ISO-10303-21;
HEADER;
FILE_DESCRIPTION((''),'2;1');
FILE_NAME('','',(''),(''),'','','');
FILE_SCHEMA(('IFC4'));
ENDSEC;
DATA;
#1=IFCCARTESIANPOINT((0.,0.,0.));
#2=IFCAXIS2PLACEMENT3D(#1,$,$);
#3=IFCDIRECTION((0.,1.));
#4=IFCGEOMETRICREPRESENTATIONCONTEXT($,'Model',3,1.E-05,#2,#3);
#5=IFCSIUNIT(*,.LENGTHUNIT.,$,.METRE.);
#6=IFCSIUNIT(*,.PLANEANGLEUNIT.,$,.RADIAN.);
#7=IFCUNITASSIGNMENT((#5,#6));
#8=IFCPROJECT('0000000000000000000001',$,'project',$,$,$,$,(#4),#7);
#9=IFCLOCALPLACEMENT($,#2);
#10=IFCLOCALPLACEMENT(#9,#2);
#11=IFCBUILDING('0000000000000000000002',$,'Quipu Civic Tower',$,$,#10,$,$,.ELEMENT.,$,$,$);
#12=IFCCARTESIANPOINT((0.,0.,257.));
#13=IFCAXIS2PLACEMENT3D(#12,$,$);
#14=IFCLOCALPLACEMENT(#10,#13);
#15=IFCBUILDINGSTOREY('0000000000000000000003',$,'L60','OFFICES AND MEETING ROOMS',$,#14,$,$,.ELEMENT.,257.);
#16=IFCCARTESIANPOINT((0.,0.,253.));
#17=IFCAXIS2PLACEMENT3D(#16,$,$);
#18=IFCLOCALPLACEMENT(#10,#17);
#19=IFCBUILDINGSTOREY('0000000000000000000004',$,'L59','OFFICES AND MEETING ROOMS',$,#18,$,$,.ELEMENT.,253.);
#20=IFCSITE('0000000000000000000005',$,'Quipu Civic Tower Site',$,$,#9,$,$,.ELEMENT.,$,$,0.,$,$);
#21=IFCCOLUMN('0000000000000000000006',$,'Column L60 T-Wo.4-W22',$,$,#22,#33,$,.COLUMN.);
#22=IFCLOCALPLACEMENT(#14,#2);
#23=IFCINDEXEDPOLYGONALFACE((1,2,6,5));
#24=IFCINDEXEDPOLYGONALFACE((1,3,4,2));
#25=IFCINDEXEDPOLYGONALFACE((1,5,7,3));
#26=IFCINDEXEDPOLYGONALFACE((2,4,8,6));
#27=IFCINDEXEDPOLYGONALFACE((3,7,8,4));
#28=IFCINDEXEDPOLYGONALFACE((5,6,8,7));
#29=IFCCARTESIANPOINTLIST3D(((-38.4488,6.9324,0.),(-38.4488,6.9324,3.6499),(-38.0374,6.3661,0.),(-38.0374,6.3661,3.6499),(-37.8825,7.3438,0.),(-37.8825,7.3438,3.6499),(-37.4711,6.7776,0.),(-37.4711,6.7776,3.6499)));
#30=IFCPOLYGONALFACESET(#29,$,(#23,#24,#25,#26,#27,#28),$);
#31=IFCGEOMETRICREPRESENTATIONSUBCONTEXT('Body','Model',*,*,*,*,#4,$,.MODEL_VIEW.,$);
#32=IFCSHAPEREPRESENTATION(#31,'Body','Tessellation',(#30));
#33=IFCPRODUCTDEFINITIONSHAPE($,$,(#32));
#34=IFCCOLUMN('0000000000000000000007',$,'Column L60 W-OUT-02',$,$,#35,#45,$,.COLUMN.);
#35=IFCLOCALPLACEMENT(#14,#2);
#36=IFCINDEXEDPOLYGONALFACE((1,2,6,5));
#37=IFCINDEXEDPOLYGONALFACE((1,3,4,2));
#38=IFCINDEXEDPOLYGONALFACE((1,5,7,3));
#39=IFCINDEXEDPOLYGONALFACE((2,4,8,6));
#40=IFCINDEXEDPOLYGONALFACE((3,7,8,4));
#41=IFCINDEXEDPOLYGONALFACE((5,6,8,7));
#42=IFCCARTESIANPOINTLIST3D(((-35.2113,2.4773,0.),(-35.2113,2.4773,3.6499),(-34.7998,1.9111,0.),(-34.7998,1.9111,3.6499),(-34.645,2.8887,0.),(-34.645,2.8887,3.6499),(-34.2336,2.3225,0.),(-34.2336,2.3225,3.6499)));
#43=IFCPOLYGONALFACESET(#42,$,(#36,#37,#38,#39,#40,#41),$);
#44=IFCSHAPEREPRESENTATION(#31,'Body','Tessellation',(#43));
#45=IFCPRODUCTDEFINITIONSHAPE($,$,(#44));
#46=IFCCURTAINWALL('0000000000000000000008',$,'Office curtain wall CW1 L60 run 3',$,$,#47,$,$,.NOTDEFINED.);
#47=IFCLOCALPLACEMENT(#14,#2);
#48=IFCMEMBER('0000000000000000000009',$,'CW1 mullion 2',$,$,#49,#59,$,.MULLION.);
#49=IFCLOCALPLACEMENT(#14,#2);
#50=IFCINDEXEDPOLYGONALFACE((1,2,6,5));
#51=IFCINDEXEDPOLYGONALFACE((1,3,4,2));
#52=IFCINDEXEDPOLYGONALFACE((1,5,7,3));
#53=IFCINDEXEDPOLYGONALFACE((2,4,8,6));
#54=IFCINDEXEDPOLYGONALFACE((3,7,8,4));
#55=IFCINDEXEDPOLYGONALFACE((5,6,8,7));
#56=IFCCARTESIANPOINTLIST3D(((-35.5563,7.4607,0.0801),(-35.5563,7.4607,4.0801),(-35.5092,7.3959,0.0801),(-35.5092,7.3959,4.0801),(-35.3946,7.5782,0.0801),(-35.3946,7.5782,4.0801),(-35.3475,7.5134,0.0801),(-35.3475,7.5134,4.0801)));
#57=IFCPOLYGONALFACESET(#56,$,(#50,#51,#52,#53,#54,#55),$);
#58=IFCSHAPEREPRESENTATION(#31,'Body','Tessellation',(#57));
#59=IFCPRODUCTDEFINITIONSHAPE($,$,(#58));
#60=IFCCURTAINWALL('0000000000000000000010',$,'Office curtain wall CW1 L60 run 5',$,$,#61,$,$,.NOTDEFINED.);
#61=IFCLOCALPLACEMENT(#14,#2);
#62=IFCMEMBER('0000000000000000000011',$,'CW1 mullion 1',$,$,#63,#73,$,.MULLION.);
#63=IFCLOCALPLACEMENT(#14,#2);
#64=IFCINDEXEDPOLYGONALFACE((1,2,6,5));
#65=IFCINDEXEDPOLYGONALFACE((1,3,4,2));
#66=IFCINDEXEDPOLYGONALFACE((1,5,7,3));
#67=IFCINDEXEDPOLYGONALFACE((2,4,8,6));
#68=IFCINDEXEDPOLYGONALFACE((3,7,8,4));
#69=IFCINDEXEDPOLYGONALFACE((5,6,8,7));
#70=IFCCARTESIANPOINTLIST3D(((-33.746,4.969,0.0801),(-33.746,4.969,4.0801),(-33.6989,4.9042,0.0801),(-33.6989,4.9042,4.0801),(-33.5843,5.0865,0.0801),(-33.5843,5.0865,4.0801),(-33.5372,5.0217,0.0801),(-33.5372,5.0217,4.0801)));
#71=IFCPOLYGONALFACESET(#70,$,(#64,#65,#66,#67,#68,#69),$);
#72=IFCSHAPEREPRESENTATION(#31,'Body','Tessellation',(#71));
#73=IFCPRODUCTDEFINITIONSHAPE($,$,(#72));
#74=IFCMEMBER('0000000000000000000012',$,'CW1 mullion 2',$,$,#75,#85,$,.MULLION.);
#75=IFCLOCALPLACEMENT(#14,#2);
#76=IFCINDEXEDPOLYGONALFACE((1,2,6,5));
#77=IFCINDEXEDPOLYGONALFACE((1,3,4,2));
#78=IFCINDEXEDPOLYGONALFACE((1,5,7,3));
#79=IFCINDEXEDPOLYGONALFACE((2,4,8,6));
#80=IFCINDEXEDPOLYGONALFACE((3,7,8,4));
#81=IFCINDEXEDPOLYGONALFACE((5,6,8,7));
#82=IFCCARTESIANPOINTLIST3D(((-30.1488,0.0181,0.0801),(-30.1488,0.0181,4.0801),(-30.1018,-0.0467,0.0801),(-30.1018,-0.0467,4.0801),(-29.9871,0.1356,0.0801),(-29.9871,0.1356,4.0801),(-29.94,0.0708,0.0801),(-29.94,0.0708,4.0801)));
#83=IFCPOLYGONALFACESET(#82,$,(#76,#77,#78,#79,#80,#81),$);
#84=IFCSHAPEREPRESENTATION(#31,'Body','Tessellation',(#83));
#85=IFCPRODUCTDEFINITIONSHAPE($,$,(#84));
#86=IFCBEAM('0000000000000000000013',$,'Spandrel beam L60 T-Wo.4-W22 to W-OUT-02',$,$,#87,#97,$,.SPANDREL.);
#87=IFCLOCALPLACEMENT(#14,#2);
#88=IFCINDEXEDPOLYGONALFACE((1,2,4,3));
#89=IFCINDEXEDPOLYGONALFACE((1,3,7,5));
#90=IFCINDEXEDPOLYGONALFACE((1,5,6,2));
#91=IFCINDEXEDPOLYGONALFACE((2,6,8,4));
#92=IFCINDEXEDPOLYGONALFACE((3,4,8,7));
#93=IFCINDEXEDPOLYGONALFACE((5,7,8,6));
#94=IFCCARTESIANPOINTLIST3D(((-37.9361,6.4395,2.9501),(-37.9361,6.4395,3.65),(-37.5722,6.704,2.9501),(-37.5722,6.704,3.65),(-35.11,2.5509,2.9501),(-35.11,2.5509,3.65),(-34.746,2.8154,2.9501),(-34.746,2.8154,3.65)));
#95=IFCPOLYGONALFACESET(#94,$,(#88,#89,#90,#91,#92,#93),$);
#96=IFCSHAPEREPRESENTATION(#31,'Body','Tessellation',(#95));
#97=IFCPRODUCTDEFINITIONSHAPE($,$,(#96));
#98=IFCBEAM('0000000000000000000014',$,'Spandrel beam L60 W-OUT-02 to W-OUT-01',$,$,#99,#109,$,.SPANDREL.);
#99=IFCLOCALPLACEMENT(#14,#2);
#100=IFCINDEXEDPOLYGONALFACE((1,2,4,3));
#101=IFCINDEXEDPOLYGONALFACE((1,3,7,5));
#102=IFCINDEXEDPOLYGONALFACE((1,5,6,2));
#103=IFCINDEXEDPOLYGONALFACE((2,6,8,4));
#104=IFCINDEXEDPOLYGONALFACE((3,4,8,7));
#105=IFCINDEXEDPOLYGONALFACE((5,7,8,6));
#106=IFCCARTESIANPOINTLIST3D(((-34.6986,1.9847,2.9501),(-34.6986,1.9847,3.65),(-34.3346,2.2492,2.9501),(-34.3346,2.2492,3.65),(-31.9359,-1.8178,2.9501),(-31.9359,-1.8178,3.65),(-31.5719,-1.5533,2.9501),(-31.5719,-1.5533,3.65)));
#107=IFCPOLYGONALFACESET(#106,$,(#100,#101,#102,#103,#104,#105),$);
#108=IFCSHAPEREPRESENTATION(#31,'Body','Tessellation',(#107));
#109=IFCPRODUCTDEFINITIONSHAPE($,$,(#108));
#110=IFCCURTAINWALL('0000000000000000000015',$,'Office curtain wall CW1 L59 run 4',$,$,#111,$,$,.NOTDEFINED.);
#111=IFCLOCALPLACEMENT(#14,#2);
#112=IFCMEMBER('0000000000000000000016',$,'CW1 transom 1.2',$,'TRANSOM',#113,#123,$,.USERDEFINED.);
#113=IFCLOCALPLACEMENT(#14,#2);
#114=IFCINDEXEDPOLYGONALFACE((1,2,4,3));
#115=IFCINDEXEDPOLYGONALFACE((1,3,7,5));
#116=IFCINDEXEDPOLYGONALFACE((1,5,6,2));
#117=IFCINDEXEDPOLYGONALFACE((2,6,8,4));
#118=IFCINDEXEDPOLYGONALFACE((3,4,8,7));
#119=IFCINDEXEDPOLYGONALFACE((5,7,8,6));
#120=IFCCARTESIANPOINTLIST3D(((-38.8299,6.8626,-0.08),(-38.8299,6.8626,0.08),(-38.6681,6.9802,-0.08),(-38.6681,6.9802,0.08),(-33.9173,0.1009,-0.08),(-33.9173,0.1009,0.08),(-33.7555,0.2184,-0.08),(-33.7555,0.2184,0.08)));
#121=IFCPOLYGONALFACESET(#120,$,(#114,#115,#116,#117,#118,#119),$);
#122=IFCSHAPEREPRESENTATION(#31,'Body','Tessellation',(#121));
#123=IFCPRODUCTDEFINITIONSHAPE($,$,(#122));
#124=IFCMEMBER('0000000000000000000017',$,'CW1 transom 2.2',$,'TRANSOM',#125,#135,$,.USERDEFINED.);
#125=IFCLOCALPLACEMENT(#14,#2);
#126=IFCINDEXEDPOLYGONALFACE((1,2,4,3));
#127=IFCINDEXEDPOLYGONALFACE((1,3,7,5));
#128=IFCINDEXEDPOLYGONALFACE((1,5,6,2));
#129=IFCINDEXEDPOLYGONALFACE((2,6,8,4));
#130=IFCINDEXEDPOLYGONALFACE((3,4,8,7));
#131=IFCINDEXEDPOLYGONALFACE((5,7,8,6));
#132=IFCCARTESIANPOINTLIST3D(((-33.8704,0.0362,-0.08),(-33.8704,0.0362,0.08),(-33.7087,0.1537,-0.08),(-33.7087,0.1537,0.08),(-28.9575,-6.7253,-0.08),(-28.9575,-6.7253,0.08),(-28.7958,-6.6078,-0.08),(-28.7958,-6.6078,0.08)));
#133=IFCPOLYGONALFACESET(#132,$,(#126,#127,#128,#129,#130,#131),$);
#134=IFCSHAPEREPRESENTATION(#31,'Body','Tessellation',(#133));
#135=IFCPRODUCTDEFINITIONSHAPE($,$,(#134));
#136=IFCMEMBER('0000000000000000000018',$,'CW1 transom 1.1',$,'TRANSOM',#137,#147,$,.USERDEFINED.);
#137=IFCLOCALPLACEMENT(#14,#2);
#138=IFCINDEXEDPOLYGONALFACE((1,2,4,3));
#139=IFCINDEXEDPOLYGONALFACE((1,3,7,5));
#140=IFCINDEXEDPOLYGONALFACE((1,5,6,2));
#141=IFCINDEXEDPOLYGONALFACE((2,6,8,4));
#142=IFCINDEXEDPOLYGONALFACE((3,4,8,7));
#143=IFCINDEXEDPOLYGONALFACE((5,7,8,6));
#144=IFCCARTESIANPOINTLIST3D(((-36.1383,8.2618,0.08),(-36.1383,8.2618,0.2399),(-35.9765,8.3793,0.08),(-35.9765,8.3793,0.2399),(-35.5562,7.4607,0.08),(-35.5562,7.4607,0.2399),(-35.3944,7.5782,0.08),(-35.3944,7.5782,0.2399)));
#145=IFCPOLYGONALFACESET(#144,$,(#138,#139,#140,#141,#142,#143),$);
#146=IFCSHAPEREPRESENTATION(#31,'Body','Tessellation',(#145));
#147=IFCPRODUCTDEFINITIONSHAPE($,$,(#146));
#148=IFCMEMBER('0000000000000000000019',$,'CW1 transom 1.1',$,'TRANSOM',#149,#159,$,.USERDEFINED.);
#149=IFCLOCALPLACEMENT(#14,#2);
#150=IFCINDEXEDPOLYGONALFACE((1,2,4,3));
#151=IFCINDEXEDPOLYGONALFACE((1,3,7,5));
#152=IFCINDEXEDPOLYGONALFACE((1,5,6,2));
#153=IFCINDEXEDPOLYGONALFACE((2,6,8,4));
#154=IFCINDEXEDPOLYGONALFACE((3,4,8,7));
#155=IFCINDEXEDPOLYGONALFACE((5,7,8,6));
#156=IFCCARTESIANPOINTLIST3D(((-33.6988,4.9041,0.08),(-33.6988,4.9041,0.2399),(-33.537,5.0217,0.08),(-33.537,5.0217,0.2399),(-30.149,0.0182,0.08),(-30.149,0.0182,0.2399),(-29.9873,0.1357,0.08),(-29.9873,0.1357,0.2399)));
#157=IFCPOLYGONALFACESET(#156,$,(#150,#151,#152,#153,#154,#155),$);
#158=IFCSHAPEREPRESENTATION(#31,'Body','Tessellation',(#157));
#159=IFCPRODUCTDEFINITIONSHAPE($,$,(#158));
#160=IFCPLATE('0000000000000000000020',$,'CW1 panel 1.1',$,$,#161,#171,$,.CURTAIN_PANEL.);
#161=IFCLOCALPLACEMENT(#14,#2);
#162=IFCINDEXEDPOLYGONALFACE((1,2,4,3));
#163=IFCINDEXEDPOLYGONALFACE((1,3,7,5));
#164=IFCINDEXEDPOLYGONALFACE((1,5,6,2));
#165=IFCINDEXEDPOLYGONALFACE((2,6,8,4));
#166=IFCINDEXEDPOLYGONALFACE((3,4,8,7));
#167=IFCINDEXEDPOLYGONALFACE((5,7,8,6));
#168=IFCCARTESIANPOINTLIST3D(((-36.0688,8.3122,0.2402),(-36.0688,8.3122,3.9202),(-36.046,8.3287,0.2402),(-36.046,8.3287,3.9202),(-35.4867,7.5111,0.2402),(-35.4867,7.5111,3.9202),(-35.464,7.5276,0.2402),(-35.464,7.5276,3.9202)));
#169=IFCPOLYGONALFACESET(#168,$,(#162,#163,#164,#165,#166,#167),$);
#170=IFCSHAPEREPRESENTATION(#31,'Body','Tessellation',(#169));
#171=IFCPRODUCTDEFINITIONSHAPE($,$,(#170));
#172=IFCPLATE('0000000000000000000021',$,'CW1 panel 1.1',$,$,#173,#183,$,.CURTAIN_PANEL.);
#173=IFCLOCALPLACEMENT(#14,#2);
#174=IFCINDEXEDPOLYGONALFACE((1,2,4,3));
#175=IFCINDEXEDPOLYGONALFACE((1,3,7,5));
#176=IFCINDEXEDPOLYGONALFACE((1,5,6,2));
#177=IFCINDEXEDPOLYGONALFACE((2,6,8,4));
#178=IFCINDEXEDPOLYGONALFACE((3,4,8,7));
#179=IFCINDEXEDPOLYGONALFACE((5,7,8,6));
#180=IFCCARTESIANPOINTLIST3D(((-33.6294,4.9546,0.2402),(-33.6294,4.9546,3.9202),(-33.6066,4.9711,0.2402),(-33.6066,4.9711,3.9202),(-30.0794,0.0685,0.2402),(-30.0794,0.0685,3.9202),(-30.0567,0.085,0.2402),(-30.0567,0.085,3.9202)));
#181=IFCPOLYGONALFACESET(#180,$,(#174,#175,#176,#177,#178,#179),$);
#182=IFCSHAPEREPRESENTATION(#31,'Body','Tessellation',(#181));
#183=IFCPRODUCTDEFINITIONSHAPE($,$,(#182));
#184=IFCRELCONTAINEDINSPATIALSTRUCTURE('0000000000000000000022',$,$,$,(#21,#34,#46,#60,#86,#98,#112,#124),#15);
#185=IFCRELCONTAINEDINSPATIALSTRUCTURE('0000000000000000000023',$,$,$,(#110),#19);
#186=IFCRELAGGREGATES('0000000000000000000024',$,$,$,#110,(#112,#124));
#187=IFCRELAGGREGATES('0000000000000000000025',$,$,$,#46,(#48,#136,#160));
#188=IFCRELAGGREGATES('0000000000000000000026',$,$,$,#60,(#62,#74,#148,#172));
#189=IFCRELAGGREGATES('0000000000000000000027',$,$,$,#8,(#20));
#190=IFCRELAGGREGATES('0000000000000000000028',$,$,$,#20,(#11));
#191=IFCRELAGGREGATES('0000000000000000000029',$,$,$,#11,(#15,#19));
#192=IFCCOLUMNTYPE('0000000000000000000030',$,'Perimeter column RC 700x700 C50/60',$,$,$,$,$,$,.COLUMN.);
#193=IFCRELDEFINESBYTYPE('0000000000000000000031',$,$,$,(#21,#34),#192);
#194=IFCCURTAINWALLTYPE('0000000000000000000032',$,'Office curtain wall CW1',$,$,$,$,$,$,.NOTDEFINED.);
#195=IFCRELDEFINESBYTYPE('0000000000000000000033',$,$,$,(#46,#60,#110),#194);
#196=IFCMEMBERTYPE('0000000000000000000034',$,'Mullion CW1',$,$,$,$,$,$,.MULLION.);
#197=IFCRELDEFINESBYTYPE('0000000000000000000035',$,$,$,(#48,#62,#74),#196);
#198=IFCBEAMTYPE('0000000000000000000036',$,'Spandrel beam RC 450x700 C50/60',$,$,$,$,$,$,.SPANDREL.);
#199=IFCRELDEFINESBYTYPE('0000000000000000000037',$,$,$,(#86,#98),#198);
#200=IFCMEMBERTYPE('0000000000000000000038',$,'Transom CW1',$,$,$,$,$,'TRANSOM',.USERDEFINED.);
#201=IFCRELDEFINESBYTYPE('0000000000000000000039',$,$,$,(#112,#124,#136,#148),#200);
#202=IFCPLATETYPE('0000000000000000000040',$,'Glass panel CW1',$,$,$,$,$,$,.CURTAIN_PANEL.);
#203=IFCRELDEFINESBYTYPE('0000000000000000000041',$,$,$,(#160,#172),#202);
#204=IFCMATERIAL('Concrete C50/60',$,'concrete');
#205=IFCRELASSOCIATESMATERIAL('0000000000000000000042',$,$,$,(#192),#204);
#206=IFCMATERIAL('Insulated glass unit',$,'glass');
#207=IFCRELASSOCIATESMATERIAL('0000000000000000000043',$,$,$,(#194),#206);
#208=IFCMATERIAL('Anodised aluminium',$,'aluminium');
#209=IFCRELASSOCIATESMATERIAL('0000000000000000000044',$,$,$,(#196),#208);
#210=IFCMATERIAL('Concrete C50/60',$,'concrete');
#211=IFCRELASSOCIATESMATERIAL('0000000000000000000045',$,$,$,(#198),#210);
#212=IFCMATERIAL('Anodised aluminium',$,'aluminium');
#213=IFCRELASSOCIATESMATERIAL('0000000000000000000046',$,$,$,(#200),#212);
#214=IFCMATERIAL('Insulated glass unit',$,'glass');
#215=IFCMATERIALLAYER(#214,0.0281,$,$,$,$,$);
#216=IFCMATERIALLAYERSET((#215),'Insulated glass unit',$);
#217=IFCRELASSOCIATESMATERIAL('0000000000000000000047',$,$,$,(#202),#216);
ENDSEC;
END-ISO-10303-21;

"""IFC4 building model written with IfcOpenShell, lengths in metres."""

from ifc_helpers import new_model, si_unit, direction, frame, origin, origin_2d, place, context, subcontext, project, spatial, rectangle, extrude, material, layer, layer_set, material_profile, profile_set, type_object, element, aggregate, save


model = new_model("IFC4")

# Units and contexts
model_context = context("Model", 3, precision=1e-05, world=origin(), true_north=direction((0.0, 1.0)))
body_context = subcontext(model_context, "Body", "Model", "MODEL_VIEW")
ifc_project = project(units=[si_unit("LENGTHUNIT", "METRE"), si_unit("PLANEANGLEUNIT", "RADIAN")], contexts=[model_context])

# Site, building, storey
site_placement = place(None, origin())
site = spatial("IfcSite", under=ifc_project, at=site_placement, Name="Quipu Civic Tower Site", CompositionType="ELEMENT", RefElevation=0.0)
building_placement = place(site_placement, origin())
building = spatial("IfcBuilding", under=site, at=building_placement, Name="Quipu Civic Tower", CompositionType="ELEMENT")
storey_1_placement = place(building_placement, frame((0.0, 0.0, 257.0)))
storey_1 = spatial("IfcBuildingStorey", under=building, at=storey_1_placement, Name="L60", Description="OFFICES AND MEETING ROOMS", CompositionType="ELEMENT", Elevation=257.0)

# Columns
ifc_material_1 = material(Name="Concrete C50/60", Category="concrete")
ifc_material_profile_1 = material_profile(ifc_material_1, rectangle(XDim=0.7, YDim=0.7, at=origin_2d()), Name="RC700x700")
ifc_profile_set_1 = profile_set([ifc_material_profile_1], Name="Concrete C50/60")
column_type = type_object("IfcColumnType", Name="Perimeter column RC 700x700 C50/60", PredefinedType="COLUMN", material=ifc_profile_set_1)
for number, where, z_axis, x_axis, name in (
    (1, (-37.96, 6.855, 0.0), (0.0, 0.0, 1.0), (0.587785, -0.809017, 0.0), "Column L60 T-Wo.4-W22"),
    (2, (-34.7224, 2.3999, 0.0), (0.0, 0.0, 1.0), (0.587785, -0.809017, 0.0), "Column L60 W-OUT-02"),
):
    element("IfcColumn", number, at=place(storey_1_placement, frame(where, z_axis=z_axis, x_axis=x_axis)), inside=storey_1, type_object=column_type, Name=name, PredefinedType="COLUMN", context=body_context, shape_type="SweptSolid", body=[
        extrude(rectangle(XDim=0.7, YDim=0.7, at=origin_2d()), origin(), (0.0, 0.0, 1.0), 3.6499),
    ])

# Curtain wall, member
ifc_material_2 = material(Name="Insulated glass unit", Category="glass")
curtain_wall_type = type_object("IfcCurtainWallType", Name="Office curtain wall CW1", PredefinedType="NOTDEFINED", material=ifc_material_2)
curtain_wall_1_placement = place(storey_1_placement, origin())
curtain_wall_1 = element("IfcCurtainWall", 3, at=curtain_wall_1_placement, inside=storey_1, type_object=curtain_wall_type, Name="Office curtain wall CW1 L60 run 3", PredefinedType="NOTDEFINED")
ifc_material_3 = material(Name="Anodised aluminium", Category="aluminium")
ifc_material_profile_2 = material_profile(ifc_material_3, rectangle(XDim=0.2, YDim=0.0801, at=origin_2d()), Name="RECT 200x80")
ifc_profile_set_2 = profile_set([ifc_material_profile_2], Name="Anodised aluminium")
member_type_1 = type_object("IfcMemberType", Name="Mullion CW1", PredefinedType="MULLION", material=ifc_profile_set_2)
member_1_placement = place(storey_1_placement, frame((-35.4519, 7.4871, 0.0801), z_axis=(0.0, 0.0, 1.0), x_axis=(0.808995, 0.587815, 0.0)))
member_1 = element("IfcMember", 4, at=member_1_placement, type_object=member_type_1, Name="CW1 mullion 2", PredefinedType="MULLION", context=body_context, shape_type="SweptSolid", body=[
    extrude(rectangle(XDim=0.2, YDim=0.0801, at=origin_2d()), origin(), (0.0, 0.0, 1.0), 4.0),
])

# Curtain wall, members
curtain_wall_2_placement = place(storey_1_placement, origin())
curtain_wall_2 = element("IfcCurtainWall", 5, at=curtain_wall_2_placement, inside=storey_1, type_object=curtain_wall_type, Name="Office curtain wall CW1 L60 run 5", PredefinedType="NOTDEFINED")
member_2_placement = place(storey_1_placement, frame((-33.6416, 4.9954, 0.0801), z_axis=(0.0, 0.0, 1.0), x_axis=(0.809015, 0.587788, 0.0)))
member_2 = element("IfcMember", 6, at=member_2_placement, type_object=member_type_1, Name="CW1 mullion 1", PredefinedType="MULLION", context=body_context, shape_type="SweptSolid", body=[
    extrude(rectangle(XDim=0.2, YDim=0.0801, at=origin_2d()), origin(), (0.0, 0.0, 1.0), 4.0),
])
member_3_placement = place(storey_1_placement, frame((-30.0444, 0.0444, 0.0801), z_axis=(0.0, 0.0, 1.0), x_axis=(0.809015, 0.587788, 0.0)))
member_3 = element("IfcMember", 7, at=member_3_placement, type_object=member_type_1, Name="CW1 mullion 2", PredefinedType="MULLION", context=body_context, shape_type="SweptSolid", body=[
    extrude(rectangle(XDim=0.2, YDim=0.0801, at=origin_2d()), origin(), (0.0, 0.0, 1.0), 4.0),
])

# Beams
ifc_material_4 = material(Name="Concrete C50/60", Category="concrete")
ifc_material_profile_3 = material_profile(ifc_material_4, rectangle(XDim=0.45, YDim=0.7, at=origin_2d()), Name="RC450x700")
ifc_profile_set_3 = profile_set([ifc_material_profile_3], Name="Concrete C50/60")
beam_type = type_object("IfcBeamType", Name="Spandrel beam RC 450x700 C50/60", PredefinedType="SPANDREL", material=ifc_profile_set_3)
beam_1_placement = place(storey_1_placement, frame((-37.7542, 6.5718, 3.3), z_axis=(0.587906, -0.808929, 0.0), x_axis=(0.808929, 0.587906, 0.0)))
element("IfcBeam", 8, at=beam_1_placement, inside=storey_1, type_object=beam_type, Name="Spandrel beam L60 T-Wo.4-W22 to W-OUT-02", PredefinedType="SPANDREL", context=body_context, shape_type="SweptSolid", body=[
    extrude(rectangle(XDim=0.45, YDim=0.7, at=origin_2d()), origin(), (0.0, 0.0, 1.0), 4.8071),
])
beam_2_placement = place(storey_1_placement, frame((-34.5166, 2.1169, 3.3), z_axis=(0.587789, -0.809015, 0.0), x_axis=(0.809015, 0.587789, 0.0)))
element("IfcBeam", 9, at=beam_2_placement, inside=storey_1, type_object=beam_type, Name="Spandrel beam L60 W-OUT-02 to W-OUT-01", PredefinedType="SPANDREL", context=body_context, shape_type="SweptSolid", body=[
    extrude(rectangle(XDim=0.45, YDim=0.7, at=origin_2d()), origin(), (0.0, 0.0, 1.0), 4.7002),
])

# Shared definitions
storey_2_placement = place(building_placement, frame((0.0, 0.0, 253.0)))
storey_2 = spatial("IfcBuildingStorey", under=building, at=storey_2_placement, Name="L59", Description="OFFICES AND MEETING ROOMS", CompositionType="ELEMENT", Elevation=253.0)

# Curtain wall, members
curtain_wall_3_placement = place(storey_2_placement, origin())
curtain_wall_3 = element("IfcCurtainWall", 10, at=curtain_wall_3_placement, inside=storey_2, type_object=curtain_wall_type, Name="Office curtain wall CW1 L59 run 4", PredefinedType="NOTDEFINED")
ifc_material_5 = material(Name="Anodised aluminium", Category="aluminium")
ifc_material_profile_4 = material_profile(ifc_material_5, rectangle(XDim=0.2, YDim=0.1599, at=origin_2d()), Name="RECT 200x160")
ifc_profile_set_4 = profile_set([ifc_material_profile_4], Name="Anodised aluminium")
member_type_2 = type_object("IfcMemberType", Name="Transom CW1", ElementType="TRANSOM", PredefinedType="USERDEFINED", material=ifc_profile_set_4)
member_4_placement = place(storey_1_placement, frame((-38.749, 6.9214, 0.0), z_axis=(0.587779, -0.809021, 0.0), x_axis=(0.809021, 0.587779, 0.0)))
member_4 = element("IfcMember", 11, at=member_4_placement, inside=storey_1, type_object=member_type_2, Name="CW1 transom 1.2", ObjectType="TRANSOM", PredefinedType="USERDEFINED", context=body_context, shape_type="SweptSolid", body=[
    extrude(rectangle(XDim=0.2, YDim=0.1599, at=origin_2d()), origin(), (0.0, 0.0, 1.0), 8.3579),
])
member_5_placement = place(storey_1_placement, frame((-33.7896, 0.095, 0.0), z_axis=(0.587812, -0.808997, 0.0), x_axis=(0.808997, 0.587812, 0.0)))
member_5 = element("IfcMember", 12, at=member_5_placement, inside=storey_1, type_object=member_type_2, Name="CW1 transom 2.2", ObjectType="TRANSOM", PredefinedType="USERDEFINED", context=body_context, shape_type="SweptSolid", body=[
    extrude(rectangle(XDim=0.2, YDim=0.1599, at=origin_2d()), origin(), (0.0, 0.0, 1.0), 8.3579),
])
aggregate(curtain_wall_3, [member_4, member_5])

# Members
member_6_placement = place(storey_1_placement, frame((-36.0574, 8.3206, 0.1599), z_axis=(0.58782, -0.808992, 0.0), x_axis=(0.808992, 0.58782, 0.0)))
member_6 = element("IfcMember", 13, at=member_6_placement, type_object=member_type_2, Name="CW1 transom 1.1", ObjectType="TRANSOM", PredefinedType="USERDEFINED", context=body_context, shape_type="SweptSolid", body=[
    extrude(rectangle(XDim=0.2, YDim=0.1599, at=origin_2d()), origin(), (0.0, 0.0, 1.0), 0.9902),
])
member_7_placement = place(storey_1_placement, frame((-33.6179, 4.9629, 0.1599), z_axis=(0.587777, -0.809023, 0.0), x_axis=(0.809023, 0.587777, 0.0)))
member_7 = element("IfcMember", 14, at=member_7_placement, type_object=member_type_2, Name="CW1 transom 1.1", ObjectType="TRANSOM", PredefinedType="USERDEFINED", context=body_context, shape_type="SweptSolid", body=[
    extrude(rectangle(XDim=0.2, YDim=0.1599, at=origin_2d()), origin(), (0.0, 0.0, 1.0), 6.0393),
])

# Plates
ifc_material_6 = material(Name="Insulated glass unit", Category="glass")
ifc_layer_1 = layer(ifc_material_6, 0.0281)
ifc_layer_set_1 = layer_set([ifc_layer_1], Name="Insulated glass unit")
plate_type_1 = type_object("IfcPlateType", Name="Glass panel CW1", PredefinedType="CURTAIN_PANEL", material=ifc_layer_set_1)
plate_1_placement = place(storey_1_placement, frame((-35.7664, 7.9199, 0.2402), z_axis=(0.0, 0.0, 1.0), x_axis=(0.587815, -0.808995, 0.0)))
plate_1 = element("IfcPlate", 15, at=plate_1_placement, type_object=plate_type_1, Name="CW1 panel 1.1", PredefinedType="CURTAIN_PANEL", context=body_context, shape_type="SweptSolid", body=[
    extrude(rectangle(XDim=0.9902, YDim=0.0281, at=origin_2d()), origin(), (0.0, 0.0, 1.0), 3.6799),
])
aggregate(curtain_wall_1, [member_1, member_6, plate_1])
plate_2_placement = place(storey_1_placement, frame((-31.843, 2.5198, 0.2402), z_axis=(0.0, 0.0, 1.0), x_axis=(0.587788, -0.809015, 0.0)))
plate_2 = element("IfcPlate", 16, at=plate_2_placement, type_object=plate_type_1, Name="CW1 panel 1.1", PredefinedType="CURTAIN_PANEL", context=body_context, shape_type="SweptSolid", body=[
    extrude(rectangle(XDim=6.0396, YDim=0.0281, at=origin_2d()), origin(), (0.0, 0.0, 1.0), 3.6799),
])
aggregate(curtain_wall_2, [member_2, member_3, member_7, plate_2])

save(model, "model.ifc")
